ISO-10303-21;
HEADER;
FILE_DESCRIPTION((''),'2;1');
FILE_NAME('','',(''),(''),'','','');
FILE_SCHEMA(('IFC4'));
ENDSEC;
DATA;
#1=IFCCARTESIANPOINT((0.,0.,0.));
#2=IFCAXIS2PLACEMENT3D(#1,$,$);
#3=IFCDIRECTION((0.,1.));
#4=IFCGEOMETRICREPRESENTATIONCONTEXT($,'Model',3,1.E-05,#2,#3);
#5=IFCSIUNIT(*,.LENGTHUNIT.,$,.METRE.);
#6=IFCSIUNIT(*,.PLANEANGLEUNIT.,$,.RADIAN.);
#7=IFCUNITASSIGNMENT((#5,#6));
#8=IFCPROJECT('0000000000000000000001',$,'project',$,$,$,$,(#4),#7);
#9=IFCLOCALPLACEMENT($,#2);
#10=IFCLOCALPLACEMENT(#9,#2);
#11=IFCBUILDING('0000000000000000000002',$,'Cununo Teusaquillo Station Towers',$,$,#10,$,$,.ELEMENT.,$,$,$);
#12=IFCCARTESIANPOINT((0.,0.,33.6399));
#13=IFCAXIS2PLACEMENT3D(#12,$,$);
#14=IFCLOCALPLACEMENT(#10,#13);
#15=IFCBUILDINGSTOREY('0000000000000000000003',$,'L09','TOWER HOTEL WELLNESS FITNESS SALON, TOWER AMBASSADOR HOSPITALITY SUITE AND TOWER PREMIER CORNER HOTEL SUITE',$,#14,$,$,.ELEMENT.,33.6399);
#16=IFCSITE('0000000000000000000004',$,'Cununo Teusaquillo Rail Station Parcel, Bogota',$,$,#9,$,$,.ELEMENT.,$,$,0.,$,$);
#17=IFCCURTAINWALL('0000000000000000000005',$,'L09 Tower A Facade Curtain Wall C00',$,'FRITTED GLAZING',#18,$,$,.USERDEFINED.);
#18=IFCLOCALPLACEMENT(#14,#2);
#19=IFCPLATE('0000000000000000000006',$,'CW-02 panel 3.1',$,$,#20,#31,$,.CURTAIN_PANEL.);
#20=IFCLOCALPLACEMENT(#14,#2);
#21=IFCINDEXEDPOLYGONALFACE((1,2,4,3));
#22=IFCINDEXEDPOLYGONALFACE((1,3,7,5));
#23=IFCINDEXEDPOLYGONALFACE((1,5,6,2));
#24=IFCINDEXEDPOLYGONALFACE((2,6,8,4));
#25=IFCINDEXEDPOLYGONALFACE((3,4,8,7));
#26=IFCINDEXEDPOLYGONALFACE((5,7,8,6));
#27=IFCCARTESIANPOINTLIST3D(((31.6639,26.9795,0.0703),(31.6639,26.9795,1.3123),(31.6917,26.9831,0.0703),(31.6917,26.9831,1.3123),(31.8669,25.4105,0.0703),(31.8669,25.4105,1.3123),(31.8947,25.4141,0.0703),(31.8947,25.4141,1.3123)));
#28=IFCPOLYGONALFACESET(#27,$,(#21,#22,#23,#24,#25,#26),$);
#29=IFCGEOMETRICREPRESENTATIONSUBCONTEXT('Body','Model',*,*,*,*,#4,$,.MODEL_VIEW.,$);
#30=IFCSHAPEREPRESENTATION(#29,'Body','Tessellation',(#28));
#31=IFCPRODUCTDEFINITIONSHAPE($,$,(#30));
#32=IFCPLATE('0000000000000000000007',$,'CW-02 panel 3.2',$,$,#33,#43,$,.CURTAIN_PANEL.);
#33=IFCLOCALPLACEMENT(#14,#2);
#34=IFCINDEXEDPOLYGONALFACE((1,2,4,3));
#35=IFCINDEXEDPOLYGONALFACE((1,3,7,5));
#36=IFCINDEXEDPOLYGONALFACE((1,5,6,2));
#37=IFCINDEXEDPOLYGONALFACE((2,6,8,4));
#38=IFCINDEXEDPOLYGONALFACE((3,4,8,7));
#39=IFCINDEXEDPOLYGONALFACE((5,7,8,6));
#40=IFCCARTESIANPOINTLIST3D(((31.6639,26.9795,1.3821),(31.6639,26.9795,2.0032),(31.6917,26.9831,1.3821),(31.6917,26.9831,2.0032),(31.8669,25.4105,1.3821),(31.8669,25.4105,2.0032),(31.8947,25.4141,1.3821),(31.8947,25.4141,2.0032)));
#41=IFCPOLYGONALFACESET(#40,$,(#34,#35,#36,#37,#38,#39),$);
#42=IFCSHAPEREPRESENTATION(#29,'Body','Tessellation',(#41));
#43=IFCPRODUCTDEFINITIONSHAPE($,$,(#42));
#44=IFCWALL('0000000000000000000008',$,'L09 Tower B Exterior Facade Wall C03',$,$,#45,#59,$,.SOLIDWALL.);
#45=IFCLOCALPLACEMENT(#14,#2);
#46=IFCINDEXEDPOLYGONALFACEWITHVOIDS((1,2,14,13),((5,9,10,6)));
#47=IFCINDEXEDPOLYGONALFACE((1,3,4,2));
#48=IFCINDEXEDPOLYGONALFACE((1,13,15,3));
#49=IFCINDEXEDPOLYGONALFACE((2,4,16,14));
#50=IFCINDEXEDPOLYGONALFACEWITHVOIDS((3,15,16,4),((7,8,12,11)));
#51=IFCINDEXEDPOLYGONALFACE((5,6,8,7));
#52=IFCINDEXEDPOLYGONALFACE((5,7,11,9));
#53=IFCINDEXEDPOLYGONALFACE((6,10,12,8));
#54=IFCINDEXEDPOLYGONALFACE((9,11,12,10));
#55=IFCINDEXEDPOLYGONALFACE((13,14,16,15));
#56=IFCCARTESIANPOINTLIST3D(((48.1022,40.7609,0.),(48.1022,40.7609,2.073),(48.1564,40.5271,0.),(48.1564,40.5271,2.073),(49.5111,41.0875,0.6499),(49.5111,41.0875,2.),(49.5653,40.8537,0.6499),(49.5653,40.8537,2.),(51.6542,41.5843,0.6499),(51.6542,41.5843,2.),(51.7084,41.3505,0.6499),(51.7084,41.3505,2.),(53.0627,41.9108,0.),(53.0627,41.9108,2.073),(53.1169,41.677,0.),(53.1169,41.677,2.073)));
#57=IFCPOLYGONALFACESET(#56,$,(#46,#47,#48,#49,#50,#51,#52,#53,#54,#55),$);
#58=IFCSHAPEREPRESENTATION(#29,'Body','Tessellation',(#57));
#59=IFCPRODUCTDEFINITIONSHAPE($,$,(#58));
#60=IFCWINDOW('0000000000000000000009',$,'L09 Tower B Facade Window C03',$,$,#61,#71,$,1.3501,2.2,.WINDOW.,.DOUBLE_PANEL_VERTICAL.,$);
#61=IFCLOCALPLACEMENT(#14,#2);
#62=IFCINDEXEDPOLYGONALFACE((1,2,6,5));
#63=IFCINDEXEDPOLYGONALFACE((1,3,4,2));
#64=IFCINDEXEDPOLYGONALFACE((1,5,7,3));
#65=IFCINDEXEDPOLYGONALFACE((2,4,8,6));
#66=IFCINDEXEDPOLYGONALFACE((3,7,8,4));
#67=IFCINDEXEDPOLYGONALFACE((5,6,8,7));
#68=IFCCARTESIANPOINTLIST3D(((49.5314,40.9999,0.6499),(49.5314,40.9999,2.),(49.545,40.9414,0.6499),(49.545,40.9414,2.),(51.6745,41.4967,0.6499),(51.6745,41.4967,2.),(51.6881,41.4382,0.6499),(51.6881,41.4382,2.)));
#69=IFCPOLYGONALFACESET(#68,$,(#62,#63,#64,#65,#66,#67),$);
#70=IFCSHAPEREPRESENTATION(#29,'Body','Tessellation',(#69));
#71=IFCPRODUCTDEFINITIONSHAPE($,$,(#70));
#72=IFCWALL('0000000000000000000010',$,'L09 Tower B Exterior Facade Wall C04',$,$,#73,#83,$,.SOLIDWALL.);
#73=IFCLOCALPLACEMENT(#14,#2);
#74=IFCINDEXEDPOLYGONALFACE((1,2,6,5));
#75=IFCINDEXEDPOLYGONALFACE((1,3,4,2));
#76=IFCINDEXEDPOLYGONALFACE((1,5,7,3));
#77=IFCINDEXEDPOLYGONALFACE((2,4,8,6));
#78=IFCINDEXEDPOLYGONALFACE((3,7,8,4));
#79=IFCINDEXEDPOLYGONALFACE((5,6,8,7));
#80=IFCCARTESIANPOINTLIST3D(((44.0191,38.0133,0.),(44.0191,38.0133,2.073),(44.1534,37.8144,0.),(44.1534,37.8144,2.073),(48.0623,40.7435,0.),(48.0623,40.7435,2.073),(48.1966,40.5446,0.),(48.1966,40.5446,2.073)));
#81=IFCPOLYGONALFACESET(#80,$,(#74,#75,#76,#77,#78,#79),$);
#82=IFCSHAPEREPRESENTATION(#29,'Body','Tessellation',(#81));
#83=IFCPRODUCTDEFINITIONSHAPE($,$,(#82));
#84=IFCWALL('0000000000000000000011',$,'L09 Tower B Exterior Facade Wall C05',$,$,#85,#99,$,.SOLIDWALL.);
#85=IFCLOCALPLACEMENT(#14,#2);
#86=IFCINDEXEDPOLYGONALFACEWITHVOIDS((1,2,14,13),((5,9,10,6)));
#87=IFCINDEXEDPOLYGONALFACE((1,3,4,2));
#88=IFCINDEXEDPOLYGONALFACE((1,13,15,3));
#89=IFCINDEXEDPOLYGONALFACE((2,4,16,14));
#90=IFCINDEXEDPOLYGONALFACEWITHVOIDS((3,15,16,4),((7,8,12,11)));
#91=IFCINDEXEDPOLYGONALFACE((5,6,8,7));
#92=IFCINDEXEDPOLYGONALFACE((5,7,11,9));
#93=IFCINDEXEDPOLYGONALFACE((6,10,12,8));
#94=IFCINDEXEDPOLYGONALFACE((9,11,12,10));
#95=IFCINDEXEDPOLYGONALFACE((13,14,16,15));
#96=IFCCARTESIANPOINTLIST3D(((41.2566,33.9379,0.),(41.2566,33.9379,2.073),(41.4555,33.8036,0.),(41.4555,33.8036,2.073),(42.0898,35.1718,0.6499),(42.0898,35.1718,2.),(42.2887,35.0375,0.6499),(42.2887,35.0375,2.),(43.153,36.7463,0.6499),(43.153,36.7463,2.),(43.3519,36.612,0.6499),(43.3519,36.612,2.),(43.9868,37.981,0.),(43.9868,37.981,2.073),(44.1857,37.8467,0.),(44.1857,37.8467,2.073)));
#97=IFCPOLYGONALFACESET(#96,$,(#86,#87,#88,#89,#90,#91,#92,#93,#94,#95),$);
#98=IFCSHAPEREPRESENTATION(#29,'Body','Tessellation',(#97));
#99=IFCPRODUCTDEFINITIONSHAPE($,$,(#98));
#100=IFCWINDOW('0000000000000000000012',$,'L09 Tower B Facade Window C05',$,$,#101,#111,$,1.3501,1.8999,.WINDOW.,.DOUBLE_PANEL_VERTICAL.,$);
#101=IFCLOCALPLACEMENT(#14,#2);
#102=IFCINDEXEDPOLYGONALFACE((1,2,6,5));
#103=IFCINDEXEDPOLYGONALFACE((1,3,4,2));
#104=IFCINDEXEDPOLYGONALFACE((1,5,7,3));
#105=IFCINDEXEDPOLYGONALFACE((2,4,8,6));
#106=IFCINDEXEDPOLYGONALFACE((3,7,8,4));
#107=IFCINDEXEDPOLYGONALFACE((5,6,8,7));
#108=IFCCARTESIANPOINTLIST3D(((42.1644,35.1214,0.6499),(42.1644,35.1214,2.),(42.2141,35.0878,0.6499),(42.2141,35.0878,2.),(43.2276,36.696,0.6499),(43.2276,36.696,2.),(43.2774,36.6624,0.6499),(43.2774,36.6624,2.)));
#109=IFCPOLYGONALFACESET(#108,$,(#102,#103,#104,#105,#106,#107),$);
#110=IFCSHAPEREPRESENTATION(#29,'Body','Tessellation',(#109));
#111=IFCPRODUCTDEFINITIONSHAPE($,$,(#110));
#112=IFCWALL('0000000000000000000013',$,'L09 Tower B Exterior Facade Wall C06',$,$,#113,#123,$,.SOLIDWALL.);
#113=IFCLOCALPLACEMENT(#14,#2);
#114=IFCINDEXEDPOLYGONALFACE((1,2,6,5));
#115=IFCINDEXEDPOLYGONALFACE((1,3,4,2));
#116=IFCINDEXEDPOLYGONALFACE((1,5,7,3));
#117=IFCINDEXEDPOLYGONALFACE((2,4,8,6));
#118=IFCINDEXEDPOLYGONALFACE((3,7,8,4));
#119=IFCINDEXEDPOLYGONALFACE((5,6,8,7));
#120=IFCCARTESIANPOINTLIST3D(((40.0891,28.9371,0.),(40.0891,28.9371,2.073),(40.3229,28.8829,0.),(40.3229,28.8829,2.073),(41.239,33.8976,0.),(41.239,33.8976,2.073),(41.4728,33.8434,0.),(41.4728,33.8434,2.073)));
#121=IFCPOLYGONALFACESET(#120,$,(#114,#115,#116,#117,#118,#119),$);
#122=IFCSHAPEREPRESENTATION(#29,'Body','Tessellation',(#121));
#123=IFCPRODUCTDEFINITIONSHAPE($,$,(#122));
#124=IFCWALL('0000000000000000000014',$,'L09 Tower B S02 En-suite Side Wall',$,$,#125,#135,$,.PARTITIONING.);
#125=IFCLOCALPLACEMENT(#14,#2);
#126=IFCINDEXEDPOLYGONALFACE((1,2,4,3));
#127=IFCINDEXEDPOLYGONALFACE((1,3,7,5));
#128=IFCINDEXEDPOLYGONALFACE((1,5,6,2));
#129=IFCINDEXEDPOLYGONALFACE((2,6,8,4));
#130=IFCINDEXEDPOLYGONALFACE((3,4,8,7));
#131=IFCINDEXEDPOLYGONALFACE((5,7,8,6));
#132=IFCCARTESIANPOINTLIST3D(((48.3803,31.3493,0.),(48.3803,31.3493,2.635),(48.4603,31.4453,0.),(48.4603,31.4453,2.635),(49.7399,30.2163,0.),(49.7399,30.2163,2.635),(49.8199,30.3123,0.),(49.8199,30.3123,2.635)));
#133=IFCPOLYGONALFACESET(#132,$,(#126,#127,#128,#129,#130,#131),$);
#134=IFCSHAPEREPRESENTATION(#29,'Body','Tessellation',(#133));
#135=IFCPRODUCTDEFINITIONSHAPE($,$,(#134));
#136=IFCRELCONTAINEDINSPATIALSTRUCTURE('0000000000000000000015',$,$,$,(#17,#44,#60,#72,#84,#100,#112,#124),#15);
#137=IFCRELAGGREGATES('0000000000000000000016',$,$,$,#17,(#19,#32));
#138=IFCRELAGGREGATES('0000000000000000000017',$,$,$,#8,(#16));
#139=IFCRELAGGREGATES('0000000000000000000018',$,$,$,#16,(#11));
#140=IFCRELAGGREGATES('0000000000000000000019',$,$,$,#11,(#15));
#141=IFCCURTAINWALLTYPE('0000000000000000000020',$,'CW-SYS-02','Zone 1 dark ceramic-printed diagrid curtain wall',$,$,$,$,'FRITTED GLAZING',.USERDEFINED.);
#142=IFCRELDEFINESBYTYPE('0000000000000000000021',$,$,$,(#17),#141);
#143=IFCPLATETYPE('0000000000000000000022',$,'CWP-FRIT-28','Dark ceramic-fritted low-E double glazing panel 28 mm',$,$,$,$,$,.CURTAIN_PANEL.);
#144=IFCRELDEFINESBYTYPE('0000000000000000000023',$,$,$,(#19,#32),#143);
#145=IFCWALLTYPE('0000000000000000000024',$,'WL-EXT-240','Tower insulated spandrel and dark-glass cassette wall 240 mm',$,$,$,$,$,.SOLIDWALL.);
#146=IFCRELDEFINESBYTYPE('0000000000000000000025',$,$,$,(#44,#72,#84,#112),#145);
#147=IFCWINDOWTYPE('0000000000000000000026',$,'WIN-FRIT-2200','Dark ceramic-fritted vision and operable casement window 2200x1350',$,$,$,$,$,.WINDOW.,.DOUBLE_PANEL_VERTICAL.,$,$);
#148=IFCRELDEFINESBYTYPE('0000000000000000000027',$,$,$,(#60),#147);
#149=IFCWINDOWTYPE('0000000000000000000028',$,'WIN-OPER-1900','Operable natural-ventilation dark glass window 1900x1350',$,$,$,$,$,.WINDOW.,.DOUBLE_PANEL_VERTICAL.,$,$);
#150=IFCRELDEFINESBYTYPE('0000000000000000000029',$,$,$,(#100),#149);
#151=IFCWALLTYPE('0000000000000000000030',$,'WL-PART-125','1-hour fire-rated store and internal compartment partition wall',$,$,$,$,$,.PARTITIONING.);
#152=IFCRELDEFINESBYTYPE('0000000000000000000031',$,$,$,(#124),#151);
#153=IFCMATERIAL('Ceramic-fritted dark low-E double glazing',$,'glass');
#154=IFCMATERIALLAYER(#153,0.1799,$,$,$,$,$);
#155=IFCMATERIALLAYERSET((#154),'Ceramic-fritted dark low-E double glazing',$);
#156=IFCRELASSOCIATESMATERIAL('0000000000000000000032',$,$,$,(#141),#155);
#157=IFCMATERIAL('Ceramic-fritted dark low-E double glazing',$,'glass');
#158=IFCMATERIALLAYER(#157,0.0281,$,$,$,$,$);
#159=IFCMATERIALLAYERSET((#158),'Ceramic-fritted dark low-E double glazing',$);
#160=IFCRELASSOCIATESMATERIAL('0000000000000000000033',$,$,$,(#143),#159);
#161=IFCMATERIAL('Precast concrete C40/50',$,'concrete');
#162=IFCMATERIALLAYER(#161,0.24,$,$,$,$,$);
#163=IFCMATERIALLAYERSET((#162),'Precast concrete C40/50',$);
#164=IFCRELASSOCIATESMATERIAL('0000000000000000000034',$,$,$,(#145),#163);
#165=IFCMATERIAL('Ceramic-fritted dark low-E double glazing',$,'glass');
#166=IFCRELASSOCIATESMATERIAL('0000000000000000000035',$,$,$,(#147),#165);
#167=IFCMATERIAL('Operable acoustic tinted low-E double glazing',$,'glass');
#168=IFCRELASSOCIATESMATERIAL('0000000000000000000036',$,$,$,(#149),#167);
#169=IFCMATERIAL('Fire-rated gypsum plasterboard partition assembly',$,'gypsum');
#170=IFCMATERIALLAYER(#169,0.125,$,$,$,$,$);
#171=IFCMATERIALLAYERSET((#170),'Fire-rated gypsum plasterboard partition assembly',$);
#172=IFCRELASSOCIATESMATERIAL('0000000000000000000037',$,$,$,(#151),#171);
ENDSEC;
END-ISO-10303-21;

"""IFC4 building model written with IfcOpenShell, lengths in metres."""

from ifc_helpers import new_model, si_unit, direction, frame, frame_2d, origin, origin_2d, place, context, subcontext, project, spatial, rectangle, extrude, source, transform, mapped, material, layer, layer_set, type_object, element, fill, aggregate, save


model = new_model("IFC4")

# Units and contexts
model_context = context("Model", 3, precision=1e-05, world=origin(), true_north=direction((0.0, 1.0)))
body_context = subcontext(model_context, "Body", "Model", "MODEL_VIEW")
ifc_project = project(units=[si_unit("LENGTHUNIT", "METRE"), si_unit("PLANEANGLEUNIT", "RADIAN")], contexts=[model_context])

# Site, building, storey
site_placement = place(None, origin())
site = spatial("IfcSite", under=ifc_project, at=site_placement, Name="Cununo Teusaquillo Rail Station Parcel, Bogota", CompositionType="ELEMENT", RefElevation=0.0)
building_placement = place(site_placement, origin())
building = spatial("IfcBuilding", under=site, at=building_placement, Name="Cununo Teusaquillo Station Towers", CompositionType="ELEMENT")
storey_placement = place(building_placement, frame((0.0, 0.0, 33.6399)))
storey = spatial("IfcBuildingStorey", under=building, at=storey_placement, Name="L09", Description="TOWER HOTEL WELLNESS FITNESS SALON, TOWER AMBASSADOR HOSPITALITY SUITE AND TOWER PREMIER CORNER HOTEL SUITE", CompositionType="ELEMENT", Elevation=33.6399)

# Curtain wall, plates
ifc_material_1 = material(Name="Ceramic-fritted dark low-E double glazing", Category="glass")
ifc_layer_1 = layer(ifc_material_1, 0.1799)
ifc_layer_set_1 = layer_set([ifc_layer_1], Name="Ceramic-fritted dark low-E double glazing")
curtain_wall_type = type_object("IfcCurtainWallType", Name="CW-SYS-02", Description="Zone 1 dark ceramic-printed diagrid curtain wall", ElementType="FRITTED GLAZING", PredefinedType="USERDEFINED", material=ifc_layer_set_1)
curtain_wall_placement = place(storey_placement, origin())
curtain_wall = element("IfcCurtainWall", 1, at=curtain_wall_placement, inside=storey, type_object=curtain_wall_type, Name="L09 Tower A Facade Curtain Wall C00", ObjectType="FRITTED GLAZING", PredefinedType="USERDEFINED")
ifc_material_2 = material(Name="Ceramic-fritted dark low-E double glazing", Category="glass")
ifc_layer_2 = layer(ifc_material_2, 0.0281)
ifc_layer_set_2 = layer_set([ifc_layer_2], Name="Ceramic-fritted dark low-E double glazing")
plate_type = type_object("IfcPlateType", Name="CWP-FRIT-28", Description="Dark ceramic-fritted low-E double glazing panel 28 mm", PredefinedType="CURTAIN_PANEL", material=ifc_layer_set_2)
shared_shape_1 = source(origin(), body_context, "Body", "SweptSolid", [
    extrude(rectangle(XDim=1.582, YDim=0.0281, at=origin_2d()), origin(), (0.0, 0.0, 1.0), 1.2419),
])
plate_1_placement = place(storey_placement, frame((31.7793, 26.1968, 0.0703), z_axis=(0.0, 0.0, 1.0), x_axis=(0.128336, -0.991731, 0.0)))
plate_1 = element("IfcPlate", 2, at=plate_1_placement, type_object=plate_type, Name="CW-02 panel 3.1", PredefinedType="CURTAIN_PANEL", context=body_context, shape_type="MappedRepresentation", body=[
    mapped(shared_shape_1, transform((0.0, 0.0, 0.0), x_axis=(1.0, 0.0, 0.0), y_axis=(0.0, 1.0, 0.0), z_axis=(0.0, 0.0, 1.0), scale=1.0)),
])
shared_shape_2 = source(origin(), body_context, "Body", "SweptSolid", [
    extrude(rectangle(XDim=1.582, YDim=0.0281, at=origin_2d()), origin(), (0.0, 0.0, 1.0), 0.6211),
])
plate_2_placement = place(storey_placement, frame((31.7793, 26.1968, 1.3821), z_axis=(0.0, 0.0, 1.0), x_axis=(0.128336, -0.991731, 0.0)))
plate_2 = element("IfcPlate", 3, at=plate_2_placement, type_object=plate_type, Name="CW-02 panel 3.2", PredefinedType="CURTAIN_PANEL", context=body_context, shape_type="MappedRepresentation", body=[
    mapped(shared_shape_2, transform((0.0, 0.0, 0.0), x_axis=(1.0, 0.0, 0.0), y_axis=(0.0, 1.0, 0.0), z_axis=(0.0, 0.0, 1.0), scale=1.0)),
])
aggregate(curtain_wall, [plate_1, plate_2])

# Wall, opening, window
ifc_material_3 = material(Name="Precast concrete C40/50", Category="concrete")
ifc_layer_3 = layer(ifc_material_3, 0.24)
ifc_layer_set_3 = layer_set([ifc_layer_3], Name="Precast concrete C40/50")
wall_type_1 = type_object("IfcWallType", Name="WL-EXT-240", Description="Tower insulated spandrel and dark-glass cassette wall 240 mm", PredefinedType="SOLIDWALL", material=ifc_layer_set_3)
wall_1_placement = place(storey_placement, frame((48.1294, 40.644, 0.0), z_axis=(0.0, 0.0, 1.0), x_axis=(0.974168, 0.225826, 0.0)))
wall_1 = element("IfcWall", 4, at=wall_1_placement, inside=storey, type_object=wall_type_1, Name="L09 Tower B Exterior Facade Wall C03", PredefinedType="SOLIDWALL", context=body_context, shape_type="SweptSolid", body=[
    extrude(rectangle(XDim=5.092, YDim=0.24, at=frame_2d((2.5459, 0.0))), origin(), (0.0, 0.0, 1.0), 2.073),
])
shared_shape_3 = source(origin(), body_context, "Body", "SweptSolid", [
    extrude(rectangle(XDim=2.2, YDim=1.3501, at=frame_2d((1.1001, 0.675))), frame((0.0, 0.1299, 0.0), z_axis=(0.0, -1.0, 0.0), x_axis=(1.0, 0.0, 0.0)), (0.0, 0.0, 1.0), 0.26),
])
opening_1_placement = place(wall_1_placement, frame((1.446, 0.0, 0.6499)))
opening_1 = element("IfcOpeningElement", 5, at=opening_1_placement, cuts=wall_1, PredefinedType="OPENING", context=body_context, shape_type="MappedRepresentation", body=[
    mapped(shared_shape_3, transform((0.0, 0.0, 0.0), x_axis=(1.0, 0.0, 0.0), y_axis=(0.0, 1.0, 0.0), z_axis=(0.0, 0.0, 1.0), scale=1.0)),
])
ifc_material_4 = material(Name="Ceramic-fritted dark low-E double glazing", Category="glass")
window_type_1 = type_object("IfcWindowType", Name="WIN-FRIT-2200", Description="Dark ceramic-fritted vision and operable casement window 2200x1350", PartitioningType="DOUBLE_PANEL_VERTICAL", PredefinedType="WINDOW", material=ifc_material_4)
shared_shape_4 = source(origin(), body_context, "Body", "SweptSolid", [
    extrude(rectangle(XDim=2.2, YDim=1.3501, at=frame_2d((1.1001, 0.675))), frame((0.0, 0.03, 0.0), z_axis=(0.0, -1.0, 0.0), x_axis=(1.0, 0.0, 0.0)), (0.0, 0.0, 1.0), 0.0601),
])
window_1_placement = place(opening_1_placement, origin())
window_1 = element("IfcWindow", 6, at=window_1_placement, inside=storey, type_object=window_type_1, Name="L09 Tower B Facade Window C03", OverallHeight=1.3501, OverallWidth=2.2, PartitioningType="DOUBLE_PANEL_VERTICAL", PredefinedType="WINDOW", context=body_context, shape_type="MappedRepresentation", body=[
    mapped(shared_shape_4, transform((0.0, 0.0, 0.0), x_axis=(1.0, 0.0, 0.0), y_axis=(0.0, 1.0, 0.0), z_axis=(0.0, 0.0, 1.0), scale=1.0)),
])
fill(opening_1, window_1)

# Wall
wall_2_placement = place(storey_placement, frame((44.0862, 37.9138, 0.0), z_axis=(0.0, 0.0, 1.0), x_axis=(0.828748, 0.559622, 0.0)))
element("IfcWall", 7, at=wall_2_placement, inside=storey, type_object=wall_type_1, Name="L09 Tower B Exterior Facade Wall C04", PredefinedType="SOLIDWALL", context=body_context, shape_type="SweptSolid", body=[
    extrude(rectangle(XDim=4.8787, YDim=0.24, at=frame_2d((2.4395, 0.0))), origin(), (0.0, 0.0, 1.0), 2.073),
])

# Wall, opening, window
wall_3_placement = place(storey_placement, frame((41.356, 33.8706, 0.0), z_axis=(0.0, 0.0, 1.0), x_axis=(0.559622, 0.828748, 0.0)))
wall_3 = element("IfcWall", 8, at=wall_3_placement, inside=storey, type_object=wall_type_1, Name="L09 Tower B Exterior Facade Wall C05", PredefinedType="SOLIDWALL", context=body_context, shape_type="SweptSolid", body=[
    extrude(rectangle(XDim=4.8787, YDim=0.24, at=frame_2d((2.4395, 0.0))), origin(), (0.0, 0.0, 1.0), 2.073),
])
shared_shape_5 = source(origin(), body_context, "Body", "SweptSolid", [
    extrude(rectangle(XDim=1.8999, YDim=1.3501, at=frame_2d((0.95, 0.675))), frame((0.0, 0.1299, 0.0), z_axis=(0.0, -1.0, 0.0), x_axis=(1.0, 0.0, 0.0)), (0.0, 0.0, 1.0), 0.26),
])
opening_2_placement = place(wall_3_placement, frame((1.489, 0.0, 0.6499)))
opening_2 = element("IfcOpeningElement", 9, at=opening_2_placement, cuts=wall_3, PredefinedType="OPENING", context=body_context, shape_type="MappedRepresentation", body=[
    mapped(shared_shape_5, transform((0.0, 0.0, 0.0), x_axis=(1.0, 0.0, 0.0), y_axis=(0.0, 1.0, 0.0), z_axis=(0.0, 0.0, 1.0), scale=1.0)),
])
ifc_material_5 = material(Name="Operable acoustic tinted low-E double glazing", Category="glass")
window_type_2 = type_object("IfcWindowType", Name="WIN-OPER-1900", Description="Operable natural-ventilation dark glass window 1900x1350", PartitioningType="DOUBLE_PANEL_VERTICAL", PredefinedType="WINDOW", material=ifc_material_5)
shared_shape_6 = source(origin(), body_context, "Body", "SweptSolid", [
    extrude(rectangle(XDim=1.8999, YDim=1.3501, at=frame_2d((0.95, 0.675))), frame((0.0, 0.03, 0.0), z_axis=(0.0, -1.0, 0.0), x_axis=(1.0, 0.0, 0.0)), (0.0, 0.0, 1.0), 0.0601),
])
window_2_placement = place(opening_2_placement, origin())
window_2 = element("IfcWindow", 10, at=window_2_placement, inside=storey, type_object=window_type_2, Name="L09 Tower B Facade Window C05", OverallHeight=1.3501, OverallWidth=1.8999, PartitioningType="DOUBLE_PANEL_VERTICAL", PredefinedType="WINDOW", context=body_context, shape_type="MappedRepresentation", body=[
    mapped(shared_shape_6, transform((0.0, 0.0, 0.0), x_axis=(1.0, 0.0, 0.0), y_axis=(0.0, 1.0, 0.0), z_axis=(0.0, 0.0, 1.0), scale=1.0)),
])
fill(opening_2, window_2)

# Walls
wall_4_placement = place(storey_placement, frame((40.2061, 28.9102, 0.0), z_axis=(0.0, 0.0, 1.0), x_axis=(0.225826, 0.974168, 0.0)))
element("IfcWall", 11, at=wall_4_placement, inside=storey, type_object=wall_type_1, Name="L09 Tower B Exterior Facade Wall C06", PredefinedType="SOLIDWALL", context=body_context, shape_type="SweptSolid", body=[
    extrude(rectangle(XDim=5.092, YDim=0.24, at=frame_2d((2.5459, 0.0))), origin(), (0.0, 0.0, 1.0), 2.073),
])
ifc_material_6 = material(Name="Fire-rated gypsum plasterboard partition assembly", Category="gypsum")
ifc_layer_4 = layer(ifc_material_6, 0.125)
ifc_layer_set_4 = layer_set([ifc_layer_4], Name="Fire-rated gypsum plasterboard partition assembly")
wall_type_2 = type_object("IfcWallType", Name="WL-PART-125", Description="1-hour fire-rated store and internal compartment partition wall", PredefinedType="PARTITIONING", material=ifc_layer_set_4)
wall_5_placement = place(storey_placement, frame((49.7798, 30.2644, 0.0), z_axis=(0.0, 0.0, 1.0), x_axis=(-0.76821, 0.640198, 0.0)))
element("IfcWall", 12, at=wall_5_placement, inside=storey, type_object=wall_type_2, Name="L09 Tower B S02 En-suite Side Wall", PredefinedType="PARTITIONING", context=body_context, shape_type="SweptSolid", body=[
    extrude(rectangle(XDim=1.7698, YDim=0.125, at=frame_2d((0.8848, 0.0))), origin(), (0.0, 0.0, 1.0), 2.635),
])

save(model, "model.ifc")
